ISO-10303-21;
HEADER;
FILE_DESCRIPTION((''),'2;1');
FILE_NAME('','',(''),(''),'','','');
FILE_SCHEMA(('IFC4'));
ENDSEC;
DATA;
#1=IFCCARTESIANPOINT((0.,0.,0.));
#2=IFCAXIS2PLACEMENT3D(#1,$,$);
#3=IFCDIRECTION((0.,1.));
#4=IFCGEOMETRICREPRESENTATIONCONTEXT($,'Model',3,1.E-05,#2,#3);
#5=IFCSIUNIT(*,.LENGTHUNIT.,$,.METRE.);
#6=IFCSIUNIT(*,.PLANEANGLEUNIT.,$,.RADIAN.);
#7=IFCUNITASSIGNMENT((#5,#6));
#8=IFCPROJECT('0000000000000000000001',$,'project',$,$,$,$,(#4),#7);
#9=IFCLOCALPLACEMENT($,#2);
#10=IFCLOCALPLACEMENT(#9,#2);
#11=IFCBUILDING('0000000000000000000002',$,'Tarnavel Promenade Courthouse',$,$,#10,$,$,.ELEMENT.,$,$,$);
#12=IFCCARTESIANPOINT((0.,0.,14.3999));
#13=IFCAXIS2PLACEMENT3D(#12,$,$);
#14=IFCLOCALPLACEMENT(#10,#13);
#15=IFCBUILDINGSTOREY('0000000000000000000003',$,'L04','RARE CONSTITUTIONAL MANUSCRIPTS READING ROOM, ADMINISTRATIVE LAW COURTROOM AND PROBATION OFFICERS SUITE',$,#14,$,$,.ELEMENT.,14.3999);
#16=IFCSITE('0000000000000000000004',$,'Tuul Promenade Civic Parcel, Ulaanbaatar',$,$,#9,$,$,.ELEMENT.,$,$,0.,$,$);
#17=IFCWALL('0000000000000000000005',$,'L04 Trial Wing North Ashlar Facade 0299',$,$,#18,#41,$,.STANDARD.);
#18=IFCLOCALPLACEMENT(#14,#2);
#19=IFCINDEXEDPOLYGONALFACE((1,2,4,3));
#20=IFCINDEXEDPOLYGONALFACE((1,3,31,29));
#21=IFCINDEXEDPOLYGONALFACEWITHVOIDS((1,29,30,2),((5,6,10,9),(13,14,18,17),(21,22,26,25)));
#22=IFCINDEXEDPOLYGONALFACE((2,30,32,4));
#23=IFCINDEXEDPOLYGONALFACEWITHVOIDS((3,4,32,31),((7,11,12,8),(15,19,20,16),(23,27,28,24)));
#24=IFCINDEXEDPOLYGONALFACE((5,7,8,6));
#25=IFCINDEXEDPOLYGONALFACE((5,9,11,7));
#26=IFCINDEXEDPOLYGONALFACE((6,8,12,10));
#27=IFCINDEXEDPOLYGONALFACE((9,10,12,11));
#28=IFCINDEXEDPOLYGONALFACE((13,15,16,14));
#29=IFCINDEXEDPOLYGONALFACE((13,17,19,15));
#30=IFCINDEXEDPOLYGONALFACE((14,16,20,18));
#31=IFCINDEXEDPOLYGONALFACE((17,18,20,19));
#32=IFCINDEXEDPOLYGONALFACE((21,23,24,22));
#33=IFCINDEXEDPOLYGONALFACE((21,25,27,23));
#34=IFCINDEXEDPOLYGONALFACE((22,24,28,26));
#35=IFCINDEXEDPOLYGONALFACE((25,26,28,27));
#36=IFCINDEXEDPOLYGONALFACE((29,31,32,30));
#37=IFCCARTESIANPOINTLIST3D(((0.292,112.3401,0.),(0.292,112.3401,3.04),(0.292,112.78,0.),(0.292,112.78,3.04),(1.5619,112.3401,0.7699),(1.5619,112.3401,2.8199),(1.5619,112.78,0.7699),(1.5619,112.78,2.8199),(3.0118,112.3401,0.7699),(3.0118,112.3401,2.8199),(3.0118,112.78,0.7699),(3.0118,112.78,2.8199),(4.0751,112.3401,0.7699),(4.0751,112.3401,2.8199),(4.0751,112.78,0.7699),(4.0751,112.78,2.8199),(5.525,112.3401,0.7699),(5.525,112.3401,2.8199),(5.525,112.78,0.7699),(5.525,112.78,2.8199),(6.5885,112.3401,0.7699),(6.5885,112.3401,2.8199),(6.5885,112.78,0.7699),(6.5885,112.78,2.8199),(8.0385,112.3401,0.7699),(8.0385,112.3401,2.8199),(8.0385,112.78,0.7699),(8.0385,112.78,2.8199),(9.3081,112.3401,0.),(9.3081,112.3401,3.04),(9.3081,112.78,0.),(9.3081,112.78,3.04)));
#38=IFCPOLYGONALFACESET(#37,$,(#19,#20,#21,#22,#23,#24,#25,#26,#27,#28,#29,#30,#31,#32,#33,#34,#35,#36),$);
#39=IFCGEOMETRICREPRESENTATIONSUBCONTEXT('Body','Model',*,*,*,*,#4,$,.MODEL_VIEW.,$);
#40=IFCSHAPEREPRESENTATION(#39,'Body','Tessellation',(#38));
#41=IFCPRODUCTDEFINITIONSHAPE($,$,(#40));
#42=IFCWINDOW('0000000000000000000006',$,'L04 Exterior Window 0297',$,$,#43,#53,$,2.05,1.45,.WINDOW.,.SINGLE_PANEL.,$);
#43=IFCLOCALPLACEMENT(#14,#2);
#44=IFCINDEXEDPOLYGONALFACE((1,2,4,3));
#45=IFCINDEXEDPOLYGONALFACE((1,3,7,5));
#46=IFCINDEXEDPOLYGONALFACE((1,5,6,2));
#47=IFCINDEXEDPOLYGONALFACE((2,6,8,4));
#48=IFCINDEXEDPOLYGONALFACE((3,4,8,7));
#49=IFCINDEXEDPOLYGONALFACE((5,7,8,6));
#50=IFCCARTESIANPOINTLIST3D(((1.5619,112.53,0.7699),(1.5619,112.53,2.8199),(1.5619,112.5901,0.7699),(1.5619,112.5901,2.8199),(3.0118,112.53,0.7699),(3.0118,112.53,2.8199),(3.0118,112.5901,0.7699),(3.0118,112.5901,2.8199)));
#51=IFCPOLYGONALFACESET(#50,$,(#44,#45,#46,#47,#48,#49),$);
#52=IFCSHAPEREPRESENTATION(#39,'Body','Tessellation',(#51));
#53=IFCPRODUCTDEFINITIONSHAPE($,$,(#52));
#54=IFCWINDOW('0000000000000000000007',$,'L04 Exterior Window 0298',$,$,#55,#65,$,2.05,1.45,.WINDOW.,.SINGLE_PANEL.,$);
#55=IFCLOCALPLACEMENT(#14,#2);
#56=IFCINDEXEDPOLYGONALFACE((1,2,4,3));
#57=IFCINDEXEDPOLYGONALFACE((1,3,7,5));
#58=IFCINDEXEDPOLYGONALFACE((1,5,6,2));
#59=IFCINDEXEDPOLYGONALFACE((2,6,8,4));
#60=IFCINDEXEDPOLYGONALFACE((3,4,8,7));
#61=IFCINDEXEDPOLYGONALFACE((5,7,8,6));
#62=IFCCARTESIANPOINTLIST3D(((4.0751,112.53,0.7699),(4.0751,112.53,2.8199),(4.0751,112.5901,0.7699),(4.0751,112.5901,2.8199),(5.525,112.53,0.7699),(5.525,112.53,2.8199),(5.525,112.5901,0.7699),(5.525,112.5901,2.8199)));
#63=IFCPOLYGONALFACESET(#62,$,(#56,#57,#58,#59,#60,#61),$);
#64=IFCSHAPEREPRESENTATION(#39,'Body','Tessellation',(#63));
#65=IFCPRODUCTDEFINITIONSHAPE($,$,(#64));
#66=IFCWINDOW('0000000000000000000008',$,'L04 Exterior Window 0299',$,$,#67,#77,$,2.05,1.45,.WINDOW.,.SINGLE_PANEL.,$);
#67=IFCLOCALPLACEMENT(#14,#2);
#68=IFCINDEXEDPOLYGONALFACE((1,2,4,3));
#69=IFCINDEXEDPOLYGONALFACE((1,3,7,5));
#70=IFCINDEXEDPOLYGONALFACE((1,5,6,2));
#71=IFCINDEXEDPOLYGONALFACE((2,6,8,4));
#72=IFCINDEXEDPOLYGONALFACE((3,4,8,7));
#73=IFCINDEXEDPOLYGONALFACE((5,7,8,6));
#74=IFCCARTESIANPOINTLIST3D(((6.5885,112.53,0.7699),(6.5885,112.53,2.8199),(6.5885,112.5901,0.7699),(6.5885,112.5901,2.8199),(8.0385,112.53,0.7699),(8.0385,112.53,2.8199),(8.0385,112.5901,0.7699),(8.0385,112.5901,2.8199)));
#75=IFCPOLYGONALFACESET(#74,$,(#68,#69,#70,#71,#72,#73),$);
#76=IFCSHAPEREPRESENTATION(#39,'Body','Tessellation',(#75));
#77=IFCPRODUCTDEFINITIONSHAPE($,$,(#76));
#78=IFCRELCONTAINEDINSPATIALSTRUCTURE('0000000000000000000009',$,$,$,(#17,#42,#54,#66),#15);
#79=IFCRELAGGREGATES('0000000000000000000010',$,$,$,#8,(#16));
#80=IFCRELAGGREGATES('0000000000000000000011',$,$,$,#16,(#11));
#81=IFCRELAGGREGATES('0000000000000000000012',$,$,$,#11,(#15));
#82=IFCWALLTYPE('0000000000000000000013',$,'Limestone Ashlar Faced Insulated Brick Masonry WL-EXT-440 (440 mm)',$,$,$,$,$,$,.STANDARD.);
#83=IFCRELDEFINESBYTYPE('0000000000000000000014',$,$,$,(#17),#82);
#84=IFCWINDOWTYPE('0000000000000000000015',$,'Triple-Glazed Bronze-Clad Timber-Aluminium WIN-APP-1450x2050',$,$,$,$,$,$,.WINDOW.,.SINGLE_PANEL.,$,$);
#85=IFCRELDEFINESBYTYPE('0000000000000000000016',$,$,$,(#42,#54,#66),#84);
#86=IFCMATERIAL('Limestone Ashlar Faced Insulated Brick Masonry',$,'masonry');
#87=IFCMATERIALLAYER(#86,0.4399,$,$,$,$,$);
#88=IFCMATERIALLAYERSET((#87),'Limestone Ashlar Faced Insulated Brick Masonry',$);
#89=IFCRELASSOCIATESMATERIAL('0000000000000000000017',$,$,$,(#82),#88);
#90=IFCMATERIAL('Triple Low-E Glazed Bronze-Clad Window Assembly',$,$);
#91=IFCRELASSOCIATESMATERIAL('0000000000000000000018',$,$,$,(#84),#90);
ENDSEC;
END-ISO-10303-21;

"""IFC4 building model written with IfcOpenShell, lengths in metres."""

from ifc_helpers import new_model, si_unit, direction, frame, frame_2d, origin, place, context, subcontext, project, spatial, rectangle, extrude, material, layer, layer_set, type_object, element, fill, save


model = new_model("IFC4")

# Units and contexts
model_context = context("Model", 3, precision=1e-05, world=origin(), true_north=direction((0.0, 1.0)))
body_context = subcontext(model_context, "Body", "Model", "MODEL_VIEW")
ifc_project = project(units=[si_unit("LENGTHUNIT", "METRE"), si_unit("PLANEANGLEUNIT", "RADIAN")], contexts=[model_context])

# Site, building, storey
site_placement = place(None, origin())
site = spatial("IfcSite", under=ifc_project, at=site_placement, Name="Tuul Promenade Civic Parcel, Ulaanbaatar", CompositionType="ELEMENT", RefElevation=0.0)
building_placement = place(site_placement, origin())
building = spatial("IfcBuilding", under=site, at=building_placement, Name="Tarnavel Promenade Courthouse", CompositionType="ELEMENT")
storey_placement = place(building_placement, frame((0.0, 0.0, 14.3999)))
storey = spatial("IfcBuildingStorey", under=building, at=storey_placement, Name="L04", Description="RARE CONSTITUTIONAL MANUSCRIPTS READING ROOM, ADMINISTRATIVE LAW COURTROOM AND PROBATION OFFICERS SUITE", CompositionType="ELEMENT", Elevation=14.3999)

# Wall, openings, windows
ifc_material_1 = material(Name="Limestone Ashlar Faced Insulated Brick Masonry", Category="masonry")
ifc_layer = layer(ifc_material_1, 0.4399)
ifc_layer_set = layer_set([ifc_layer], Name="Limestone Ashlar Faced Insulated Brick Masonry")
wall_type = type_object("IfcWallType", Name="Limestone Ashlar Faced Insulated Brick Masonry WL-EXT-440 (440 mm)", PredefinedType="STANDARD", material=ifc_layer_set)
wall_placement = place(storey_placement, frame((0.292, 112.5601, 0.0), z_axis=(0.0, 0.0, 1.0), x_axis=(1.0, 0.0, 0.0)))
wall = element("IfcWall", 1, at=wall_placement, inside=storey, type_object=wall_type, Name="L04 Trial Wing North Ashlar Facade 0299", PredefinedType="STANDARD", context=body_context, shape_type="SweptSolid", body=[
    extrude(rectangle(XDim=9.0161, YDim=0.4399, at=frame_2d((4.5081, 0.0))), origin(), (0.0, 0.0, 1.0), 3.04),
])
opening_1_placement = place(wall_placement, frame((1.2698, 0.0, 0.77)))
opening_1 = element("IfcOpeningElement", 2, at=opening_1_placement, cuts=wall, PredefinedType="OPENING", context=body_context, shape_type="SweptSolid", body=[
    extrude(rectangle(XDim=1.45, YDim=2.05, at=frame_2d((0.7251, 1.0249))), frame((0.0, 0.23, 0.0), z_axis=(0.0, -1.0, 0.0), x_axis=(1.0, 0.0, 0.0)), (0.0, 0.0, 1.0), 0.46),
])
opening_2_placement = place(wall_placement, frame((3.783, 0.0, 0.77)))
opening_2 = element("IfcOpeningElement", 3, at=opening_2_placement, cuts=wall, PredefinedType="OPENING", context=body_context, shape_type="SweptSolid", body=[
    extrude(rectangle(XDim=1.45, YDim=2.05, at=frame_2d((0.7251, 1.0249))), frame((0.0, 0.23, 0.0), z_axis=(0.0, -1.0, 0.0), x_axis=(1.0, 0.0, 0.0)), (0.0, 0.0, 1.0), 0.46),
])
opening_3_placement = place(wall_placement, frame((6.2964, 0.0, 0.77)))
opening_3 = element("IfcOpeningElement", 4, at=opening_3_placement, cuts=wall, PredefinedType="OPENING", context=body_context, shape_type="SweptSolid", body=[
    extrude(rectangle(XDim=1.45, YDim=2.05, at=frame_2d((0.7251, 1.0249))), frame((0.0, 0.23, 0.0), z_axis=(0.0, -1.0, 0.0), x_axis=(1.0, 0.0, 0.0)), (0.0, 0.0, 1.0), 0.46),
])
ifc_material_2 = material(Name="Triple Low-E Glazed Bronze-Clad Window Assembly")
window_type = type_object("IfcWindowType", Name="Triple-Glazed Bronze-Clad Timber-Aluminium WIN-APP-1450x2050", PartitioningType="SINGLE_PANEL", PredefinedType="WINDOW", material=ifc_material_2)
window_1_placement = place(opening_1_placement, origin())
window_1 = element("IfcWindow", 5, at=window_1_placement, inside=storey, type_object=window_type, Name="L04 Exterior Window 0297", OverallHeight=2.05, OverallWidth=1.45, PartitioningType="SINGLE_PANEL", PredefinedType="WINDOW", context=body_context, shape_type="SweptSolid", body=[
    extrude(rectangle(XDim=1.45, YDim=2.05, at=frame_2d((0.7251, 1.0249))), frame((0.0, 0.03, 0.0), z_axis=(0.0, -1.0, 0.0), x_axis=(1.0, 0.0, 0.0)), (0.0, 0.0, 1.0), 0.0601),
])
fill(opening_1, window_1)
window_2_placement = place(opening_2_placement, origin())
window_2 = element("IfcWindow", 6, at=window_2_placement, inside=storey, type_object=window_type, Name="L04 Exterior Window 0298", OverallHeight=2.05, OverallWidth=1.45, PartitioningType="SINGLE_PANEL", PredefinedType="WINDOW", context=body_context, shape_type="SweptSolid", body=[
    extrude(rectangle(XDim=1.45, YDim=2.05, at=frame_2d((0.7251, 1.0249))), frame((0.0, 0.03, 0.0), z_axis=(0.0, -1.0, 0.0), x_axis=(1.0, 0.0, 0.0)), (0.0, 0.0, 1.0), 0.0601),
])
fill(opening_2, window_2)
window_3_placement = place(opening_3_placement, origin())
window_3 = element("IfcWindow", 7, at=window_3_placement, inside=storey, type_object=window_type, Name="L04 Exterior Window 0299", OverallHeight=2.05, OverallWidth=1.45, PartitioningType="SINGLE_PANEL", PredefinedType="WINDOW", context=body_context, shape_type="SweptSolid", body=[
    extrude(rectangle(XDim=1.45, YDim=2.05, at=frame_2d((0.7251, 1.0249))), frame((0.0, 0.03, 0.0), z_axis=(0.0, -1.0, 0.0), x_axis=(1.0, 0.0, 0.0)), (0.0, 0.0, 1.0), 0.0601),
])
fill(opening_3, window_3)

save(model, "model.ifc")
